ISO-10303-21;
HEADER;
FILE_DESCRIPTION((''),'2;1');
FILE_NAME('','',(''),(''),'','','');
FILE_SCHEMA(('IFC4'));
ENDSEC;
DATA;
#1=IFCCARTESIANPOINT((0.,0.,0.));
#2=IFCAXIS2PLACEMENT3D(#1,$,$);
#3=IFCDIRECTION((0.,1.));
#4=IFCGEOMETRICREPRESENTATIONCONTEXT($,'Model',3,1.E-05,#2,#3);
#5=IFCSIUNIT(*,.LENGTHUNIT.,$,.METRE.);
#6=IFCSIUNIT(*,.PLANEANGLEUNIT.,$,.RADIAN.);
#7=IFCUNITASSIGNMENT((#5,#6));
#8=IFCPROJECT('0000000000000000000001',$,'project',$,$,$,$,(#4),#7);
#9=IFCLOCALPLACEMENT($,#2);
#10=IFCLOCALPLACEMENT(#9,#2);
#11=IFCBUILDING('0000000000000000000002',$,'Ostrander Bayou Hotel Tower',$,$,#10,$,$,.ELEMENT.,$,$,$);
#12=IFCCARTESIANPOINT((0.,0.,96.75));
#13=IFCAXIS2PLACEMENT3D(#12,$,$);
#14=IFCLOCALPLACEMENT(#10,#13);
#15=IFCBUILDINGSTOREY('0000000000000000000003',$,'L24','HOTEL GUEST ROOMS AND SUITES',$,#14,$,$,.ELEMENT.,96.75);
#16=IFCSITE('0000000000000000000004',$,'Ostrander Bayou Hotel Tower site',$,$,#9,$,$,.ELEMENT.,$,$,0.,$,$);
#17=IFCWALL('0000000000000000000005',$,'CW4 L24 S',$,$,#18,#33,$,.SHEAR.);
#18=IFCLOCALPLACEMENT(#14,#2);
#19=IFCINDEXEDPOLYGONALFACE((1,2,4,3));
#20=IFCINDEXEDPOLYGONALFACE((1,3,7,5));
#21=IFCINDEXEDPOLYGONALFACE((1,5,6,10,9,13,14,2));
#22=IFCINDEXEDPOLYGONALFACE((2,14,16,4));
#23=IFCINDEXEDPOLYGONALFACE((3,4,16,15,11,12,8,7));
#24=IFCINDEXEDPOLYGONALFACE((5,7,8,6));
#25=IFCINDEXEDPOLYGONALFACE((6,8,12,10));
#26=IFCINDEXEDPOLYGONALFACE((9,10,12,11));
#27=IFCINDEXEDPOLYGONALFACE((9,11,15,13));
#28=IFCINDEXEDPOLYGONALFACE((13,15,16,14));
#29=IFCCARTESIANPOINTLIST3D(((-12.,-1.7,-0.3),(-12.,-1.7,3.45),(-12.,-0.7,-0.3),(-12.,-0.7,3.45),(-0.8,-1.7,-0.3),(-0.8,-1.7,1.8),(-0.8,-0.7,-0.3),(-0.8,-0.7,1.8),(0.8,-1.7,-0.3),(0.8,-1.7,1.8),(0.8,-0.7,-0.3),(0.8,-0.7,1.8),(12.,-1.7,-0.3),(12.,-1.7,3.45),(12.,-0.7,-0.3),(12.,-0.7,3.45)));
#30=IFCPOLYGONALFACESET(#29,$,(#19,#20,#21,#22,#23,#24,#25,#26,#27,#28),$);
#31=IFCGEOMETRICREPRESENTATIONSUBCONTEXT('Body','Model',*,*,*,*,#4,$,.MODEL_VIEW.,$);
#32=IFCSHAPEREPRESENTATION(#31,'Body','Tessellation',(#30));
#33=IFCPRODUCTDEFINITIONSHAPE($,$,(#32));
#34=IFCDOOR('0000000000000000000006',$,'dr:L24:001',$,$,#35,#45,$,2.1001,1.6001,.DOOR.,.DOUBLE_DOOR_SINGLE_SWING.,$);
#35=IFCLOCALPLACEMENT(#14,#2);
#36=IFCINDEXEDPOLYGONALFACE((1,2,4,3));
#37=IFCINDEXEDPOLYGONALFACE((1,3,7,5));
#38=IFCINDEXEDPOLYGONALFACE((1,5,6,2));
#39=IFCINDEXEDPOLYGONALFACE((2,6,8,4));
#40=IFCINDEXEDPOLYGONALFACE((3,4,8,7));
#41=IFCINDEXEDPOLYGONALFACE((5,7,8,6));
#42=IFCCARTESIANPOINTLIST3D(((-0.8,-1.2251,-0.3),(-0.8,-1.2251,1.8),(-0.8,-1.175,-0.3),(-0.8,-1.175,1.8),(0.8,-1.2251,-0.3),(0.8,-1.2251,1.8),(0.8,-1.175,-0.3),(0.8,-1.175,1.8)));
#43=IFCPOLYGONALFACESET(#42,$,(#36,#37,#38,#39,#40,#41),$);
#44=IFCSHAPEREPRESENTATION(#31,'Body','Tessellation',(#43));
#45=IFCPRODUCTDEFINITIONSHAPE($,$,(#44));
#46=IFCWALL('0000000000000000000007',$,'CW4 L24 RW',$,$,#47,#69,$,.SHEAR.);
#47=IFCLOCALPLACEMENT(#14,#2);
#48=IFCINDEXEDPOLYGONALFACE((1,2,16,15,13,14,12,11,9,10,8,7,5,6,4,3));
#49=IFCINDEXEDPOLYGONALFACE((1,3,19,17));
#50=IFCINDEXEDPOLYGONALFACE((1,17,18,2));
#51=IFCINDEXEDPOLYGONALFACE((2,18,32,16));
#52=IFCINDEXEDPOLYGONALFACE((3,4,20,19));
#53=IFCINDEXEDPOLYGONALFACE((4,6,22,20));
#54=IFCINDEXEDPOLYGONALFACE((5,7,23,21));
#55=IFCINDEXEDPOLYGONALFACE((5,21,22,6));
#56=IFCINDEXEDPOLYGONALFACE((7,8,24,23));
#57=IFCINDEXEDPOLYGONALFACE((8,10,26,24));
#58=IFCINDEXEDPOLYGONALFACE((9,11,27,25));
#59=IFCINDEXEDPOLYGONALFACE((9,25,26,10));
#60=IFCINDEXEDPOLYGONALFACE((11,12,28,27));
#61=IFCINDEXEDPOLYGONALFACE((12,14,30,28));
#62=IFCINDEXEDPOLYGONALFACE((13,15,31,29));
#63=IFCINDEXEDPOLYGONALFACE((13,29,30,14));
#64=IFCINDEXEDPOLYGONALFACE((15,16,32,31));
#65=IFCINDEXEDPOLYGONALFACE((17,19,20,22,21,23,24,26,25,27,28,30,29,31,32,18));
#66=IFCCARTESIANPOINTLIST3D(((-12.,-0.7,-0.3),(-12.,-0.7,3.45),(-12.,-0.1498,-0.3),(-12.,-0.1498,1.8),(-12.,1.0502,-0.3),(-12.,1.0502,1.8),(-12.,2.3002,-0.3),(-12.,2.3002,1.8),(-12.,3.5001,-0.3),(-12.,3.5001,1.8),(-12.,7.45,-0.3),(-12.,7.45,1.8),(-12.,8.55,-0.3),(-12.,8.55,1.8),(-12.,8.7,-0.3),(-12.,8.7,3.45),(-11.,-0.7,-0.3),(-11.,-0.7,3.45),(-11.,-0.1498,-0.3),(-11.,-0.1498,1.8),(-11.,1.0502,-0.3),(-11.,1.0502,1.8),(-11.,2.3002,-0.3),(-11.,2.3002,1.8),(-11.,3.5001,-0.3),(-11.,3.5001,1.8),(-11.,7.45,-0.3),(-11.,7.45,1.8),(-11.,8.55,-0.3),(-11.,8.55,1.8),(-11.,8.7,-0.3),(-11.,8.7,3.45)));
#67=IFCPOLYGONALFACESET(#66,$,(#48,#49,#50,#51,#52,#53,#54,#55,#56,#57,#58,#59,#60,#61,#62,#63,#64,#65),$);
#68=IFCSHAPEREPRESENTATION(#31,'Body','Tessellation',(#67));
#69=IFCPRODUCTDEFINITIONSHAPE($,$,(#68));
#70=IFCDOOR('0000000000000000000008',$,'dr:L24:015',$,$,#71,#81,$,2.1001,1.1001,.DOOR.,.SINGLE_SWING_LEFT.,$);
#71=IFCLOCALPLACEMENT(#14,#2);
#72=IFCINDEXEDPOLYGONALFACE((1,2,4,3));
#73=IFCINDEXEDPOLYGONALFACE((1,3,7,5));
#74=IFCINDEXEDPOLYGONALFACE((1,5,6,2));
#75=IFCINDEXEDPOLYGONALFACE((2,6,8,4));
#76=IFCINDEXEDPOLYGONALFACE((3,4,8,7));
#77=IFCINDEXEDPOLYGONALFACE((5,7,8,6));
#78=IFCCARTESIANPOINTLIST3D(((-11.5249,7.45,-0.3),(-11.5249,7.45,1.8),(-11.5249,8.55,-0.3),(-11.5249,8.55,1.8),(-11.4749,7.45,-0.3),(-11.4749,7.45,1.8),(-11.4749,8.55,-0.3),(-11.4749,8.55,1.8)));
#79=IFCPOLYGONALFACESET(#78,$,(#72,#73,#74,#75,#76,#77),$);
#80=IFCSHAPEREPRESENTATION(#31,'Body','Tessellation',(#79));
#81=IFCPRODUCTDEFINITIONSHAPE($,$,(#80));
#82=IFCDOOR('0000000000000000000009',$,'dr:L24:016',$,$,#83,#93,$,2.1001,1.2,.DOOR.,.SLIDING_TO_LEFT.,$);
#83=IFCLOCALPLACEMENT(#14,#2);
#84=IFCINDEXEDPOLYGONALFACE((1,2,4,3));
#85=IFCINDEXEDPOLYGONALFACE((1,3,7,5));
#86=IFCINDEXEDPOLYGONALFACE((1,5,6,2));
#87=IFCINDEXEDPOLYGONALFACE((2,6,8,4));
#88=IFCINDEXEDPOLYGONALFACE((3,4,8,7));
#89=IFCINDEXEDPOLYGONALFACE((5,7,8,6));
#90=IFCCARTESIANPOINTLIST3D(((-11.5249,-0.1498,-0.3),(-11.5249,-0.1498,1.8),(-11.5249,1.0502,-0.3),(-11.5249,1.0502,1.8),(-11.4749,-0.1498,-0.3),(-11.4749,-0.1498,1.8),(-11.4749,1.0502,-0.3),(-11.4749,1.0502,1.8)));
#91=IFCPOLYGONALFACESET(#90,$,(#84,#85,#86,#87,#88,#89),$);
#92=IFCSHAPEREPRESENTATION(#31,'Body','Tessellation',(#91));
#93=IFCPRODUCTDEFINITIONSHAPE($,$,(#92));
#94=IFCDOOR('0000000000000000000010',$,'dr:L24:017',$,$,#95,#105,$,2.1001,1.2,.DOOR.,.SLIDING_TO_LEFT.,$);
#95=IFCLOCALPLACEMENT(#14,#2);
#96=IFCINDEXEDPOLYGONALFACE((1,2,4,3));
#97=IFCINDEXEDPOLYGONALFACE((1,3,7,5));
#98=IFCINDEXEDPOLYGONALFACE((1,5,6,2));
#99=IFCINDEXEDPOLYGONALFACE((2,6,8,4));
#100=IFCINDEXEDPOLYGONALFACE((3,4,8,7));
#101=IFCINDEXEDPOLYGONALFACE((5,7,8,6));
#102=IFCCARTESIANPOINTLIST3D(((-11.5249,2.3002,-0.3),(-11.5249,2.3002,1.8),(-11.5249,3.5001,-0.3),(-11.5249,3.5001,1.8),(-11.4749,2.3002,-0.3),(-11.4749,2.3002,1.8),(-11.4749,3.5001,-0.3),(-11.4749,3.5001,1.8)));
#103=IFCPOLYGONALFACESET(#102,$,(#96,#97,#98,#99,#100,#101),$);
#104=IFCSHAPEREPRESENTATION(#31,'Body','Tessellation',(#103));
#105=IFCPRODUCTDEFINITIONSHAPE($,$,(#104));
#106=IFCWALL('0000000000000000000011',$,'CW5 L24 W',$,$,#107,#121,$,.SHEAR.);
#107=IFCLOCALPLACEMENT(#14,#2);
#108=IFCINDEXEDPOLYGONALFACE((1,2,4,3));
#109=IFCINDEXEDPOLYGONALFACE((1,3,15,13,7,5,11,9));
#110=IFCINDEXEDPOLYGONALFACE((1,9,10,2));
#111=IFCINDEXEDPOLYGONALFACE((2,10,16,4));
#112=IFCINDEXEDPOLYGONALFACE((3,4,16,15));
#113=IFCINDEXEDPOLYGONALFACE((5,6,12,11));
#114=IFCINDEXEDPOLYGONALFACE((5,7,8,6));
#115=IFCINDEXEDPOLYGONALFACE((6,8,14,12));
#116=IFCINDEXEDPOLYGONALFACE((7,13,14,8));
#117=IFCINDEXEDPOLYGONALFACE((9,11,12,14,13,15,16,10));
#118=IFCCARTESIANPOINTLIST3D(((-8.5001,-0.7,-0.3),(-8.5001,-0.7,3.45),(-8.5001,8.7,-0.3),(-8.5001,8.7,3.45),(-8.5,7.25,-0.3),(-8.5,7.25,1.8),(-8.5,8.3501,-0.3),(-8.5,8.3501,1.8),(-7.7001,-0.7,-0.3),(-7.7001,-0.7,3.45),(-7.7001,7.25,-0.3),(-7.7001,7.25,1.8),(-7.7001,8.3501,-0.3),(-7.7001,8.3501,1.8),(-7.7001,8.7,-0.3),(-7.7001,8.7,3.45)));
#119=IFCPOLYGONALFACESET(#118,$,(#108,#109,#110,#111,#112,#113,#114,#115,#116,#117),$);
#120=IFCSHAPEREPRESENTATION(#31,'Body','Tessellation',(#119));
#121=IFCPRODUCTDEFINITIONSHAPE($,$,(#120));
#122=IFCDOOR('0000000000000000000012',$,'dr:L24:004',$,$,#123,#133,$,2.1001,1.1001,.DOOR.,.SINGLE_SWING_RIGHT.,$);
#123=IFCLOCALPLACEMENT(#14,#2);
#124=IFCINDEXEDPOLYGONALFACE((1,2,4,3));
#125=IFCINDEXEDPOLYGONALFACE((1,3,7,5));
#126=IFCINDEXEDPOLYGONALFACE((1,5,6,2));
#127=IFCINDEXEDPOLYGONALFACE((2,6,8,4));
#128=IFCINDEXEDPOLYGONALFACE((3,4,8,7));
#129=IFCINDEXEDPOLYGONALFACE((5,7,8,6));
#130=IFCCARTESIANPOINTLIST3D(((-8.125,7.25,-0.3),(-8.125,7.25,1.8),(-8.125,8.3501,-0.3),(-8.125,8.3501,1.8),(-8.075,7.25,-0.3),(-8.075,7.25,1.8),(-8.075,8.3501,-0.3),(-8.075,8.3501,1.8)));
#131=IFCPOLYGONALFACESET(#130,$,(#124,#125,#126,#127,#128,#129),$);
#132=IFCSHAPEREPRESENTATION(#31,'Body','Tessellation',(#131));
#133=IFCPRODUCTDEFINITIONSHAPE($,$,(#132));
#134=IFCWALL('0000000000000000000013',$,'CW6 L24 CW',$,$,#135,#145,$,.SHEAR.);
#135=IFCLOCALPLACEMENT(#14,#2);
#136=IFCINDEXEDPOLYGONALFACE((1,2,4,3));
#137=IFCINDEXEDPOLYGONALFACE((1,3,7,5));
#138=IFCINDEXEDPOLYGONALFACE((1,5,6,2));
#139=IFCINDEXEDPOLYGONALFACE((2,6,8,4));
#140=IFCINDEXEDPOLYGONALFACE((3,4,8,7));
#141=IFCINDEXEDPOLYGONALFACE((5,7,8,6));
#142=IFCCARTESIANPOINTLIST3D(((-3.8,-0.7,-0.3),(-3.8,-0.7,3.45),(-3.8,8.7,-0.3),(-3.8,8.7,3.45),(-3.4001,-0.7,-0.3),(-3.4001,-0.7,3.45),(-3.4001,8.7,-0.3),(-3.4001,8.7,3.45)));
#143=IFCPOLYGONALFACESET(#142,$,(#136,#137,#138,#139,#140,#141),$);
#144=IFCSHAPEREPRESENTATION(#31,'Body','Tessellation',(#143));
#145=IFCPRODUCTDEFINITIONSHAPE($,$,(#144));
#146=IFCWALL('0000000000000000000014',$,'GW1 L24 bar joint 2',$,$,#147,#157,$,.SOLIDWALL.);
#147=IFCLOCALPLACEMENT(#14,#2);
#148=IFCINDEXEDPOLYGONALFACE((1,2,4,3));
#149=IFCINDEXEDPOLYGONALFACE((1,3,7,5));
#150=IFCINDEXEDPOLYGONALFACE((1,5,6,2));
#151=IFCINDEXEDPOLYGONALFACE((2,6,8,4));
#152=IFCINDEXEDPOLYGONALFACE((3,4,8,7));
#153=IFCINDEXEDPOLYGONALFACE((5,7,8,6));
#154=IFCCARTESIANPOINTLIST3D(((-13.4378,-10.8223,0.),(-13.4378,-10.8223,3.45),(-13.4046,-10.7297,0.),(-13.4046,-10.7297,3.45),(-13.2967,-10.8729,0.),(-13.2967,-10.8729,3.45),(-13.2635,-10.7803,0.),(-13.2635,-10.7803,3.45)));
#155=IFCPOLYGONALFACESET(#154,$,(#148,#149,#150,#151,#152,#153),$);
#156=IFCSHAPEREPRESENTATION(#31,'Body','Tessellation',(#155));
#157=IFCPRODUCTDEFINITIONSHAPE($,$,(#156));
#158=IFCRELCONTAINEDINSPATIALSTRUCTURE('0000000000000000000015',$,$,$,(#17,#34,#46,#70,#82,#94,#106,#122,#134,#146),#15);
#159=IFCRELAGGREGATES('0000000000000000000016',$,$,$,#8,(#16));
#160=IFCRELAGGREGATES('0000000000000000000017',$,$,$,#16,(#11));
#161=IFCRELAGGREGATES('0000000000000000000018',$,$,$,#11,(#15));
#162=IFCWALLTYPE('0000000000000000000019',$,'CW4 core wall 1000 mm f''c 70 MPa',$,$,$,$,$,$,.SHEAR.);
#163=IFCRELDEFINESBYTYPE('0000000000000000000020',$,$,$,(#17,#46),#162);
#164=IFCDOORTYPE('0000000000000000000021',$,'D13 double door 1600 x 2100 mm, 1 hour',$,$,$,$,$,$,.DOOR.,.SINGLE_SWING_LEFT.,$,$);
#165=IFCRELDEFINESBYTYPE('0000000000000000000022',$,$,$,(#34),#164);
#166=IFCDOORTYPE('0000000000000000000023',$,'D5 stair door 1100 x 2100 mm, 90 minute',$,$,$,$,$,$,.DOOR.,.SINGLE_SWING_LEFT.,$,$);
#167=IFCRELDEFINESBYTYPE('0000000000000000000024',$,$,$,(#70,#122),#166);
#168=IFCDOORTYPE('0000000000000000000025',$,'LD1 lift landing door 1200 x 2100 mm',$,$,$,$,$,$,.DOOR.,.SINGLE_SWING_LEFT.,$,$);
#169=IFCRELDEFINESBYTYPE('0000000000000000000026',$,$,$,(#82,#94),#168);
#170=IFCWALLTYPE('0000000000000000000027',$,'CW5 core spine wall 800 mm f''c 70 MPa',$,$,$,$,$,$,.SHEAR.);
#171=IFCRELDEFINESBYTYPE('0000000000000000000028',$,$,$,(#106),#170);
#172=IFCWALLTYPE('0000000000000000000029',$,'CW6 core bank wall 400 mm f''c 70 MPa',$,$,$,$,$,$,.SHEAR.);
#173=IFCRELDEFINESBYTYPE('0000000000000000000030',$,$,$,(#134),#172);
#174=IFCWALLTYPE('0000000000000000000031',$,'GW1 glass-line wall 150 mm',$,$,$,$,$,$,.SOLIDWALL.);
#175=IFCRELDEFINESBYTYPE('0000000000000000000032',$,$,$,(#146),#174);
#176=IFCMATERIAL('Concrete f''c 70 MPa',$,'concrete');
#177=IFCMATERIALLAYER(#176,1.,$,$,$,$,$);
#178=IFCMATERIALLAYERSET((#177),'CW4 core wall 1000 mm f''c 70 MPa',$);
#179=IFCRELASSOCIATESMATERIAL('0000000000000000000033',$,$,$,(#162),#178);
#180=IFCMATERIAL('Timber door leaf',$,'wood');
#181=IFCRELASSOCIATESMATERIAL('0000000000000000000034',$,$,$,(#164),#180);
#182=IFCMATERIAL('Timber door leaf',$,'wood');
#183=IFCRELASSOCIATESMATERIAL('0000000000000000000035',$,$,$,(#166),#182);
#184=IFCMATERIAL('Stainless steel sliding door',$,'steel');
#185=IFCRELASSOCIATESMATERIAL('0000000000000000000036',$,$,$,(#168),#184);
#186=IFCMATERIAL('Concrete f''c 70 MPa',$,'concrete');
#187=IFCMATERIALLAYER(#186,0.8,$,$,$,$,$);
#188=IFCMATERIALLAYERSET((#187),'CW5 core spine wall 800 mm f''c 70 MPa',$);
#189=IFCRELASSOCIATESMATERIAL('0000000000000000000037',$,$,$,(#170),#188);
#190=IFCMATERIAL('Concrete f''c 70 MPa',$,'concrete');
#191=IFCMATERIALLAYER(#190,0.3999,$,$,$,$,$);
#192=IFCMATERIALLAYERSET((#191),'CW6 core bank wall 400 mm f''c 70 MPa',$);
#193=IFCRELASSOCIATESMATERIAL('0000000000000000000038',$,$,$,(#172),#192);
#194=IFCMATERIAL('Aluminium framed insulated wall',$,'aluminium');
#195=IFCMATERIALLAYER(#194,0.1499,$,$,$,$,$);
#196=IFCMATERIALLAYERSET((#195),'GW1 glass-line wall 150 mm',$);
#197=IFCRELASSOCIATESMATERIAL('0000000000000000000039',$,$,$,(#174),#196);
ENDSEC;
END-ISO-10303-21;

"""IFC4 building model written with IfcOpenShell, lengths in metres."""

from ifc_helpers import new_model, si_unit, direction, frame, frame_2d, origin, place, context, subcontext, project, spatial, rectangle, extrude, material, layer, layer_set, type_object, element, fill, save


model = new_model("IFC4")

# Units and contexts
model_context = context("Model", 3, precision=1e-05, world=origin(), true_north=direction((0.0, 1.0)))
body_context = subcontext(model_context, "Body", "Model", "MODEL_VIEW")
ifc_project = project(units=[si_unit("LENGTHUNIT", "METRE"), si_unit("PLANEANGLEUNIT", "RADIAN")], contexts=[model_context])

# Site, building, storey
site_placement = place(None, origin())
site = spatial("IfcSite", under=ifc_project, at=site_placement, Name="Ostrander Bayou Hotel Tower site", CompositionType="ELEMENT", RefElevation=0.0)
building_placement = place(site_placement, origin())
building = spatial("IfcBuilding", under=site, at=building_placement, Name="Ostrander Bayou Hotel Tower", CompositionType="ELEMENT")
storey_placement = place(building_placement, frame((0.0, 0.0, 96.75)))
storey = spatial("IfcBuildingStorey", under=building, at=storey_placement, Name="L24", Description="HOTEL GUEST ROOMS AND SUITES", CompositionType="ELEMENT", Elevation=96.75)

# Wall, opening, door
ifc_material_1 = material(Name="Concrete f'c 70 MPa", Category="concrete")
ifc_layer_1 = layer(ifc_material_1, 1.0)
ifc_layer_set_1 = layer_set([ifc_layer_1], Name="CW4 core wall 1000 mm f'c 70 MPa")
wall_type_1 = type_object("IfcWallType", Name="CW4 core wall 1000 mm f'c 70 MPa", PredefinedType="SHEAR", material=ifc_layer_set_1)
wall_1_placement = place(storey_placement, frame((-12.0, -1.2, -0.3), z_axis=(0.0, 0.0, 1.0), x_axis=(1.0, 0.0, 0.0)))
wall_1 = element("IfcWall", 1, at=wall_1_placement, inside=storey, type_object=wall_type_1, Name="CW4 L24 S", PredefinedType="SHEAR", context=body_context, shape_type="SweptSolid", body=[
    extrude(rectangle(XDim=24.0, YDim=1.0, at=frame_2d((12.0, 0.0))), origin(), (0.0, 0.0, 1.0), 3.75),
])
opening_1_placement = place(wall_1_placement, frame((11.2, 0.0, 0.0)))
opening_1 = element("IfcOpeningElement", 2, at=opening_1_placement, cuts=wall_1, PredefinedType="OPENING", context=body_context, shape_type="SweptSolid", body=[
    extrude(rectangle(XDim=1.6001, YDim=2.1001, at=frame_2d((0.8, 1.05))), frame((0.0, 0.5, 0.0), z_axis=(0.0, -1.0, 0.0), x_axis=(1.0, 0.0, 0.0)), (0.0, 0.0, 1.0), 1.0),
])
ifc_material_2 = material(Name="Timber door leaf", Category="wood")
door_type_1 = type_object("IfcDoorType", Name="D13 double door 1600 x 2100 mm, 1 hour", OperationType="SINGLE_SWING_LEFT", PredefinedType="DOOR", material=ifc_material_2)
door_1_placement = place(opening_1_placement, origin())
door_1 = element("IfcDoor", 3, at=door_1_placement, inside=storey, type_object=door_type_1, Name="dr:L24:001", OperationType="DOUBLE_DOOR_SINGLE_SWING", OverallHeight=2.1001, OverallWidth=1.6001, PredefinedType="DOOR", context=body_context, shape_type="SweptSolid", body=[
    extrude(rectangle(XDim=1.6001, YDim=2.1001, at=frame_2d((0.8, 1.05))), frame((0.0, 0.0249, 0.0), z_axis=(0.0, -1.0, 0.0), x_axis=(1.0, 0.0, 0.0)), (0.0, 0.0, 1.0), 0.05),
])
fill(opening_1, door_1)

# Wall, openings, doors
wall_2_placement = place(storey_placement, frame((-11.5, -0.7, -0.3), z_axis=(0.0, 0.0, 1.0), x_axis=(0.0, 1.0, 0.0)))
wall_2 = element("IfcWall", 4, at=wall_2_placement, inside=storey, type_object=wall_type_1, Name="CW4 L24 RW", PredefinedType="SHEAR", context=body_context, shape_type="SweptSolid", body=[
    extrude(rectangle(XDim=9.3999, YDim=1.0, at=frame_2d((4.7, 0.0))), origin(), (0.0, 0.0, 1.0), 3.75),
])
opening_2_placement = place(wall_2_placement, frame((8.1499, 0.0, 0.0)))
opening_2 = element("IfcOpeningElement", 5, at=opening_2_placement, cuts=wall_2, PredefinedType="OPENING", context=body_context, shape_type="SweptSolid", body=[
    extrude(rectangle(XDim=1.1001, YDim=2.1001, at=frame_2d((0.55, 1.05))), frame((0.0, 0.5, 0.0), z_axis=(0.0, -1.0, 0.0), x_axis=(1.0, 0.0, 0.0)), (0.0, 0.0, 1.0), 1.0),
])
opening_3_placement = place(wall_2_placement, frame((0.55, 0.0, 0.0)))
opening_3 = element("IfcOpeningElement", 6, at=opening_3_placement, cuts=wall_2, PredefinedType="OPENING", context=body_context, shape_type="SweptSolid", body=[
    extrude(rectangle(XDim=1.2, YDim=2.1001, at=frame_2d((0.6001, 1.05))), frame((0.0, 0.5, 0.0), z_axis=(0.0, -1.0, 0.0), x_axis=(1.0, 0.0, 0.0)), (0.0, 0.0, 1.0), 1.0),
])
opening_4_placement = place(wall_2_placement, frame((3.0, 0.0, 0.0)))
opening_4 = element("IfcOpeningElement", 7, at=opening_4_placement, cuts=wall_2, PredefinedType="OPENING", context=body_context, shape_type="SweptSolid", body=[
    extrude(rectangle(XDim=1.2, YDim=2.1001, at=frame_2d((0.6001, 1.05))), frame((0.0, 0.5, 0.0), z_axis=(0.0, -1.0, 0.0), x_axis=(1.0, 0.0, 0.0)), (0.0, 0.0, 1.0), 1.0),
])
ifc_material_3 = material(Name="Timber door leaf", Category="wood")
door_type_2 = type_object("IfcDoorType", Name="D5 stair door 1100 x 2100 mm, 90 minute", OperationType="SINGLE_SWING_LEFT", PredefinedType="DOOR", material=ifc_material_3)
door_2_placement = place(opening_2_placement, origin())
door_2 = element("IfcDoor", 8, at=door_2_placement, inside=storey, type_object=door_type_2, Name="dr:L24:015", OperationType="SINGLE_SWING_LEFT", OverallHeight=2.1001, OverallWidth=1.1001, PredefinedType="DOOR", context=body_context, shape_type="SweptSolid", body=[
    extrude(rectangle(XDim=1.1001, YDim=2.1001, at=frame_2d((0.55, 1.05))), frame((0.0, 0.0249, 0.0), z_axis=(0.0, -1.0, 0.0), x_axis=(1.0, 0.0, 0.0)), (0.0, 0.0, 1.0), 0.05),
])
fill(opening_2, door_2)
ifc_material_4 = material(Name="Stainless steel sliding door", Category="steel")
door_type_3 = type_object("IfcDoorType", Name="LD1 lift landing door 1200 x 2100 mm", OperationType="SINGLE_SWING_LEFT", PredefinedType="DOOR", material=ifc_material_4)
door_3_placement = place(opening_3_placement, origin())
door_3 = element("IfcDoor", 9, at=door_3_placement, inside=storey, type_object=door_type_3, Name="dr:L24:016", OperationType="SLIDING_TO_LEFT", OverallHeight=2.1001, OverallWidth=1.2, PredefinedType="DOOR", context=body_context, shape_type="SweptSolid", body=[
    extrude(rectangle(XDim=1.2, YDim=2.1001, at=frame_2d((0.6001, 1.05))), frame((0.0, 0.0249, 0.0), z_axis=(0.0, -1.0, 0.0), x_axis=(1.0, 0.0, 0.0)), (0.0, 0.0, 1.0), 0.05),
])
fill(opening_3, door_3)
door_4_placement = place(opening_4_placement, origin())
door_4 = element("IfcDoor", 10, at=door_4_placement, inside=storey, type_object=door_type_3, Name="dr:L24:017", OperationType="SLIDING_TO_LEFT", OverallHeight=2.1001, OverallWidth=1.2, PredefinedType="DOOR", context=body_context, shape_type="SweptSolid", body=[
    extrude(rectangle(XDim=1.2, YDim=2.1001, at=frame_2d((0.6001, 1.05))), frame((0.0, 0.0249, 0.0), z_axis=(0.0, -1.0, 0.0), x_axis=(1.0, 0.0, 0.0)), (0.0, 0.0, 1.0), 0.05),
])
fill(opening_4, door_4)

# Wall, opening, door
ifc_material_5 = material(Name="Concrete f'c 70 MPa", Category="concrete")
ifc_layer_2 = layer(ifc_material_5, 0.8)
ifc_layer_set_2 = layer_set([ifc_layer_2], Name="CW5 core spine wall 800 mm f'c 70 MPa")
wall_type_2 = type_object("IfcWallType", Name="CW5 core spine wall 800 mm f'c 70 MPa", PredefinedType="SHEAR", material=ifc_layer_set_2)
wall_3_placement = place(storey_placement, frame((-8.1001, -0.7, -0.3), z_axis=(0.0, 0.0, 1.0), x_axis=(0.0, 1.0, 0.0)))
wall_3 = element("IfcWall", 11, at=wall_3_placement, inside=storey, type_object=wall_type_2, Name="CW5 L24 W", PredefinedType="SHEAR", context=body_context, shape_type="SweptSolid", body=[
    extrude(rectangle(XDim=9.3999, YDim=0.8, at=frame_2d((4.7, 0.0))), origin(), (0.0, 0.0, 1.0), 3.75),
])
opening_5_placement = place(wall_3_placement, frame((7.95, 0.0, 0.0)))
opening_5 = element("IfcOpeningElement", 12, at=opening_5_placement, cuts=wall_3, PredefinedType="OPENING", context=body_context, shape_type="SweptSolid", body=[
    extrude(rectangle(XDim=1.1001, YDim=2.1001, at=frame_2d((0.55, 1.05))), frame((0.0, 0.3999, 0.0), z_axis=(0.0, -1.0, 0.0), x_axis=(1.0, 0.0, 0.0)), (0.0, 0.0, 1.0), 0.8),
])
door_5_placement = place(opening_5_placement, origin())
door_5 = element("IfcDoor", 13, at=door_5_placement, inside=storey, type_object=door_type_2, Name="dr:L24:004", OperationType="SINGLE_SWING_RIGHT", OverallHeight=2.1001, OverallWidth=1.1001, PredefinedType="DOOR", context=body_context, shape_type="SweptSolid", body=[
    extrude(rectangle(XDim=1.1001, YDim=2.1001, at=frame_2d((0.55, 1.05))), frame((0.0, 0.0249, 0.0), z_axis=(0.0, -1.0, 0.0), x_axis=(1.0, 0.0, 0.0)), (0.0, 0.0, 1.0), 0.05),
])
fill(opening_5, door_5)

# Walls
ifc_material_6 = material(Name="Concrete f'c 70 MPa", Category="concrete")
ifc_layer_3 = layer(ifc_material_6, 0.3999)
ifc_layer_set_3 = layer_set([ifc_layer_3], Name="CW6 core bank wall 400 mm f'c 70 MPa")
wall_type_3 = type_object("IfcWallType", Name="CW6 core bank wall 400 mm f'c 70 MPa", PredefinedType="SHEAR", material=ifc_layer_set_3)
wall_4_placement = place(storey_placement, frame((-3.6001, -0.7, -0.3), z_axis=(0.0, 0.0, 1.0), x_axis=(0.0, 1.0, 0.0)))
element("IfcWall", 14, at=wall_4_placement, inside=storey, type_object=wall_type_3, Name="CW6 L24 CW", PredefinedType="SHEAR", context=body_context, shape_type="SweptSolid", body=[
    extrude(rectangle(XDim=9.3999, YDim=0.3999, at=frame_2d((4.7, 0.0))), origin(), (0.0, 0.0, 1.0), 3.75),
])
ifc_material_7 = material(Name="Aluminium framed insulated wall", Category="aluminium")
ifc_layer_4 = layer(ifc_material_7, 0.1499)
ifc_layer_set_4 = layer_set([ifc_layer_4], Name="GW1 glass-line wall 150 mm")
wall_type_4 = type_object("IfcWallType", Name="GW1 glass-line wall 150 mm", PredefinedType="SOLIDWALL", material=ifc_layer_set_4)
wall_5_placement = place(storey_placement, frame((-13.334, -10.7549, 0.0), z_axis=(0.0, 0.0, 1.0), x_axis=(-0.337752, -0.941235, 0.0)))
element("IfcWall", 15, at=wall_5_placement, inside=storey, type_object=wall_type_4, Name="GW1 L24 bar joint 2", PredefinedType="SOLIDWALL", context=body_context, shape_type="SweptSolid", body=[
    extrude(rectangle(XDim=0.0984, YDim=0.1499, at=frame_2d((0.0493, 0.0))), origin(), (0.0, 0.0, 1.0), 3.45),
])

save(model, "model.ifc")
